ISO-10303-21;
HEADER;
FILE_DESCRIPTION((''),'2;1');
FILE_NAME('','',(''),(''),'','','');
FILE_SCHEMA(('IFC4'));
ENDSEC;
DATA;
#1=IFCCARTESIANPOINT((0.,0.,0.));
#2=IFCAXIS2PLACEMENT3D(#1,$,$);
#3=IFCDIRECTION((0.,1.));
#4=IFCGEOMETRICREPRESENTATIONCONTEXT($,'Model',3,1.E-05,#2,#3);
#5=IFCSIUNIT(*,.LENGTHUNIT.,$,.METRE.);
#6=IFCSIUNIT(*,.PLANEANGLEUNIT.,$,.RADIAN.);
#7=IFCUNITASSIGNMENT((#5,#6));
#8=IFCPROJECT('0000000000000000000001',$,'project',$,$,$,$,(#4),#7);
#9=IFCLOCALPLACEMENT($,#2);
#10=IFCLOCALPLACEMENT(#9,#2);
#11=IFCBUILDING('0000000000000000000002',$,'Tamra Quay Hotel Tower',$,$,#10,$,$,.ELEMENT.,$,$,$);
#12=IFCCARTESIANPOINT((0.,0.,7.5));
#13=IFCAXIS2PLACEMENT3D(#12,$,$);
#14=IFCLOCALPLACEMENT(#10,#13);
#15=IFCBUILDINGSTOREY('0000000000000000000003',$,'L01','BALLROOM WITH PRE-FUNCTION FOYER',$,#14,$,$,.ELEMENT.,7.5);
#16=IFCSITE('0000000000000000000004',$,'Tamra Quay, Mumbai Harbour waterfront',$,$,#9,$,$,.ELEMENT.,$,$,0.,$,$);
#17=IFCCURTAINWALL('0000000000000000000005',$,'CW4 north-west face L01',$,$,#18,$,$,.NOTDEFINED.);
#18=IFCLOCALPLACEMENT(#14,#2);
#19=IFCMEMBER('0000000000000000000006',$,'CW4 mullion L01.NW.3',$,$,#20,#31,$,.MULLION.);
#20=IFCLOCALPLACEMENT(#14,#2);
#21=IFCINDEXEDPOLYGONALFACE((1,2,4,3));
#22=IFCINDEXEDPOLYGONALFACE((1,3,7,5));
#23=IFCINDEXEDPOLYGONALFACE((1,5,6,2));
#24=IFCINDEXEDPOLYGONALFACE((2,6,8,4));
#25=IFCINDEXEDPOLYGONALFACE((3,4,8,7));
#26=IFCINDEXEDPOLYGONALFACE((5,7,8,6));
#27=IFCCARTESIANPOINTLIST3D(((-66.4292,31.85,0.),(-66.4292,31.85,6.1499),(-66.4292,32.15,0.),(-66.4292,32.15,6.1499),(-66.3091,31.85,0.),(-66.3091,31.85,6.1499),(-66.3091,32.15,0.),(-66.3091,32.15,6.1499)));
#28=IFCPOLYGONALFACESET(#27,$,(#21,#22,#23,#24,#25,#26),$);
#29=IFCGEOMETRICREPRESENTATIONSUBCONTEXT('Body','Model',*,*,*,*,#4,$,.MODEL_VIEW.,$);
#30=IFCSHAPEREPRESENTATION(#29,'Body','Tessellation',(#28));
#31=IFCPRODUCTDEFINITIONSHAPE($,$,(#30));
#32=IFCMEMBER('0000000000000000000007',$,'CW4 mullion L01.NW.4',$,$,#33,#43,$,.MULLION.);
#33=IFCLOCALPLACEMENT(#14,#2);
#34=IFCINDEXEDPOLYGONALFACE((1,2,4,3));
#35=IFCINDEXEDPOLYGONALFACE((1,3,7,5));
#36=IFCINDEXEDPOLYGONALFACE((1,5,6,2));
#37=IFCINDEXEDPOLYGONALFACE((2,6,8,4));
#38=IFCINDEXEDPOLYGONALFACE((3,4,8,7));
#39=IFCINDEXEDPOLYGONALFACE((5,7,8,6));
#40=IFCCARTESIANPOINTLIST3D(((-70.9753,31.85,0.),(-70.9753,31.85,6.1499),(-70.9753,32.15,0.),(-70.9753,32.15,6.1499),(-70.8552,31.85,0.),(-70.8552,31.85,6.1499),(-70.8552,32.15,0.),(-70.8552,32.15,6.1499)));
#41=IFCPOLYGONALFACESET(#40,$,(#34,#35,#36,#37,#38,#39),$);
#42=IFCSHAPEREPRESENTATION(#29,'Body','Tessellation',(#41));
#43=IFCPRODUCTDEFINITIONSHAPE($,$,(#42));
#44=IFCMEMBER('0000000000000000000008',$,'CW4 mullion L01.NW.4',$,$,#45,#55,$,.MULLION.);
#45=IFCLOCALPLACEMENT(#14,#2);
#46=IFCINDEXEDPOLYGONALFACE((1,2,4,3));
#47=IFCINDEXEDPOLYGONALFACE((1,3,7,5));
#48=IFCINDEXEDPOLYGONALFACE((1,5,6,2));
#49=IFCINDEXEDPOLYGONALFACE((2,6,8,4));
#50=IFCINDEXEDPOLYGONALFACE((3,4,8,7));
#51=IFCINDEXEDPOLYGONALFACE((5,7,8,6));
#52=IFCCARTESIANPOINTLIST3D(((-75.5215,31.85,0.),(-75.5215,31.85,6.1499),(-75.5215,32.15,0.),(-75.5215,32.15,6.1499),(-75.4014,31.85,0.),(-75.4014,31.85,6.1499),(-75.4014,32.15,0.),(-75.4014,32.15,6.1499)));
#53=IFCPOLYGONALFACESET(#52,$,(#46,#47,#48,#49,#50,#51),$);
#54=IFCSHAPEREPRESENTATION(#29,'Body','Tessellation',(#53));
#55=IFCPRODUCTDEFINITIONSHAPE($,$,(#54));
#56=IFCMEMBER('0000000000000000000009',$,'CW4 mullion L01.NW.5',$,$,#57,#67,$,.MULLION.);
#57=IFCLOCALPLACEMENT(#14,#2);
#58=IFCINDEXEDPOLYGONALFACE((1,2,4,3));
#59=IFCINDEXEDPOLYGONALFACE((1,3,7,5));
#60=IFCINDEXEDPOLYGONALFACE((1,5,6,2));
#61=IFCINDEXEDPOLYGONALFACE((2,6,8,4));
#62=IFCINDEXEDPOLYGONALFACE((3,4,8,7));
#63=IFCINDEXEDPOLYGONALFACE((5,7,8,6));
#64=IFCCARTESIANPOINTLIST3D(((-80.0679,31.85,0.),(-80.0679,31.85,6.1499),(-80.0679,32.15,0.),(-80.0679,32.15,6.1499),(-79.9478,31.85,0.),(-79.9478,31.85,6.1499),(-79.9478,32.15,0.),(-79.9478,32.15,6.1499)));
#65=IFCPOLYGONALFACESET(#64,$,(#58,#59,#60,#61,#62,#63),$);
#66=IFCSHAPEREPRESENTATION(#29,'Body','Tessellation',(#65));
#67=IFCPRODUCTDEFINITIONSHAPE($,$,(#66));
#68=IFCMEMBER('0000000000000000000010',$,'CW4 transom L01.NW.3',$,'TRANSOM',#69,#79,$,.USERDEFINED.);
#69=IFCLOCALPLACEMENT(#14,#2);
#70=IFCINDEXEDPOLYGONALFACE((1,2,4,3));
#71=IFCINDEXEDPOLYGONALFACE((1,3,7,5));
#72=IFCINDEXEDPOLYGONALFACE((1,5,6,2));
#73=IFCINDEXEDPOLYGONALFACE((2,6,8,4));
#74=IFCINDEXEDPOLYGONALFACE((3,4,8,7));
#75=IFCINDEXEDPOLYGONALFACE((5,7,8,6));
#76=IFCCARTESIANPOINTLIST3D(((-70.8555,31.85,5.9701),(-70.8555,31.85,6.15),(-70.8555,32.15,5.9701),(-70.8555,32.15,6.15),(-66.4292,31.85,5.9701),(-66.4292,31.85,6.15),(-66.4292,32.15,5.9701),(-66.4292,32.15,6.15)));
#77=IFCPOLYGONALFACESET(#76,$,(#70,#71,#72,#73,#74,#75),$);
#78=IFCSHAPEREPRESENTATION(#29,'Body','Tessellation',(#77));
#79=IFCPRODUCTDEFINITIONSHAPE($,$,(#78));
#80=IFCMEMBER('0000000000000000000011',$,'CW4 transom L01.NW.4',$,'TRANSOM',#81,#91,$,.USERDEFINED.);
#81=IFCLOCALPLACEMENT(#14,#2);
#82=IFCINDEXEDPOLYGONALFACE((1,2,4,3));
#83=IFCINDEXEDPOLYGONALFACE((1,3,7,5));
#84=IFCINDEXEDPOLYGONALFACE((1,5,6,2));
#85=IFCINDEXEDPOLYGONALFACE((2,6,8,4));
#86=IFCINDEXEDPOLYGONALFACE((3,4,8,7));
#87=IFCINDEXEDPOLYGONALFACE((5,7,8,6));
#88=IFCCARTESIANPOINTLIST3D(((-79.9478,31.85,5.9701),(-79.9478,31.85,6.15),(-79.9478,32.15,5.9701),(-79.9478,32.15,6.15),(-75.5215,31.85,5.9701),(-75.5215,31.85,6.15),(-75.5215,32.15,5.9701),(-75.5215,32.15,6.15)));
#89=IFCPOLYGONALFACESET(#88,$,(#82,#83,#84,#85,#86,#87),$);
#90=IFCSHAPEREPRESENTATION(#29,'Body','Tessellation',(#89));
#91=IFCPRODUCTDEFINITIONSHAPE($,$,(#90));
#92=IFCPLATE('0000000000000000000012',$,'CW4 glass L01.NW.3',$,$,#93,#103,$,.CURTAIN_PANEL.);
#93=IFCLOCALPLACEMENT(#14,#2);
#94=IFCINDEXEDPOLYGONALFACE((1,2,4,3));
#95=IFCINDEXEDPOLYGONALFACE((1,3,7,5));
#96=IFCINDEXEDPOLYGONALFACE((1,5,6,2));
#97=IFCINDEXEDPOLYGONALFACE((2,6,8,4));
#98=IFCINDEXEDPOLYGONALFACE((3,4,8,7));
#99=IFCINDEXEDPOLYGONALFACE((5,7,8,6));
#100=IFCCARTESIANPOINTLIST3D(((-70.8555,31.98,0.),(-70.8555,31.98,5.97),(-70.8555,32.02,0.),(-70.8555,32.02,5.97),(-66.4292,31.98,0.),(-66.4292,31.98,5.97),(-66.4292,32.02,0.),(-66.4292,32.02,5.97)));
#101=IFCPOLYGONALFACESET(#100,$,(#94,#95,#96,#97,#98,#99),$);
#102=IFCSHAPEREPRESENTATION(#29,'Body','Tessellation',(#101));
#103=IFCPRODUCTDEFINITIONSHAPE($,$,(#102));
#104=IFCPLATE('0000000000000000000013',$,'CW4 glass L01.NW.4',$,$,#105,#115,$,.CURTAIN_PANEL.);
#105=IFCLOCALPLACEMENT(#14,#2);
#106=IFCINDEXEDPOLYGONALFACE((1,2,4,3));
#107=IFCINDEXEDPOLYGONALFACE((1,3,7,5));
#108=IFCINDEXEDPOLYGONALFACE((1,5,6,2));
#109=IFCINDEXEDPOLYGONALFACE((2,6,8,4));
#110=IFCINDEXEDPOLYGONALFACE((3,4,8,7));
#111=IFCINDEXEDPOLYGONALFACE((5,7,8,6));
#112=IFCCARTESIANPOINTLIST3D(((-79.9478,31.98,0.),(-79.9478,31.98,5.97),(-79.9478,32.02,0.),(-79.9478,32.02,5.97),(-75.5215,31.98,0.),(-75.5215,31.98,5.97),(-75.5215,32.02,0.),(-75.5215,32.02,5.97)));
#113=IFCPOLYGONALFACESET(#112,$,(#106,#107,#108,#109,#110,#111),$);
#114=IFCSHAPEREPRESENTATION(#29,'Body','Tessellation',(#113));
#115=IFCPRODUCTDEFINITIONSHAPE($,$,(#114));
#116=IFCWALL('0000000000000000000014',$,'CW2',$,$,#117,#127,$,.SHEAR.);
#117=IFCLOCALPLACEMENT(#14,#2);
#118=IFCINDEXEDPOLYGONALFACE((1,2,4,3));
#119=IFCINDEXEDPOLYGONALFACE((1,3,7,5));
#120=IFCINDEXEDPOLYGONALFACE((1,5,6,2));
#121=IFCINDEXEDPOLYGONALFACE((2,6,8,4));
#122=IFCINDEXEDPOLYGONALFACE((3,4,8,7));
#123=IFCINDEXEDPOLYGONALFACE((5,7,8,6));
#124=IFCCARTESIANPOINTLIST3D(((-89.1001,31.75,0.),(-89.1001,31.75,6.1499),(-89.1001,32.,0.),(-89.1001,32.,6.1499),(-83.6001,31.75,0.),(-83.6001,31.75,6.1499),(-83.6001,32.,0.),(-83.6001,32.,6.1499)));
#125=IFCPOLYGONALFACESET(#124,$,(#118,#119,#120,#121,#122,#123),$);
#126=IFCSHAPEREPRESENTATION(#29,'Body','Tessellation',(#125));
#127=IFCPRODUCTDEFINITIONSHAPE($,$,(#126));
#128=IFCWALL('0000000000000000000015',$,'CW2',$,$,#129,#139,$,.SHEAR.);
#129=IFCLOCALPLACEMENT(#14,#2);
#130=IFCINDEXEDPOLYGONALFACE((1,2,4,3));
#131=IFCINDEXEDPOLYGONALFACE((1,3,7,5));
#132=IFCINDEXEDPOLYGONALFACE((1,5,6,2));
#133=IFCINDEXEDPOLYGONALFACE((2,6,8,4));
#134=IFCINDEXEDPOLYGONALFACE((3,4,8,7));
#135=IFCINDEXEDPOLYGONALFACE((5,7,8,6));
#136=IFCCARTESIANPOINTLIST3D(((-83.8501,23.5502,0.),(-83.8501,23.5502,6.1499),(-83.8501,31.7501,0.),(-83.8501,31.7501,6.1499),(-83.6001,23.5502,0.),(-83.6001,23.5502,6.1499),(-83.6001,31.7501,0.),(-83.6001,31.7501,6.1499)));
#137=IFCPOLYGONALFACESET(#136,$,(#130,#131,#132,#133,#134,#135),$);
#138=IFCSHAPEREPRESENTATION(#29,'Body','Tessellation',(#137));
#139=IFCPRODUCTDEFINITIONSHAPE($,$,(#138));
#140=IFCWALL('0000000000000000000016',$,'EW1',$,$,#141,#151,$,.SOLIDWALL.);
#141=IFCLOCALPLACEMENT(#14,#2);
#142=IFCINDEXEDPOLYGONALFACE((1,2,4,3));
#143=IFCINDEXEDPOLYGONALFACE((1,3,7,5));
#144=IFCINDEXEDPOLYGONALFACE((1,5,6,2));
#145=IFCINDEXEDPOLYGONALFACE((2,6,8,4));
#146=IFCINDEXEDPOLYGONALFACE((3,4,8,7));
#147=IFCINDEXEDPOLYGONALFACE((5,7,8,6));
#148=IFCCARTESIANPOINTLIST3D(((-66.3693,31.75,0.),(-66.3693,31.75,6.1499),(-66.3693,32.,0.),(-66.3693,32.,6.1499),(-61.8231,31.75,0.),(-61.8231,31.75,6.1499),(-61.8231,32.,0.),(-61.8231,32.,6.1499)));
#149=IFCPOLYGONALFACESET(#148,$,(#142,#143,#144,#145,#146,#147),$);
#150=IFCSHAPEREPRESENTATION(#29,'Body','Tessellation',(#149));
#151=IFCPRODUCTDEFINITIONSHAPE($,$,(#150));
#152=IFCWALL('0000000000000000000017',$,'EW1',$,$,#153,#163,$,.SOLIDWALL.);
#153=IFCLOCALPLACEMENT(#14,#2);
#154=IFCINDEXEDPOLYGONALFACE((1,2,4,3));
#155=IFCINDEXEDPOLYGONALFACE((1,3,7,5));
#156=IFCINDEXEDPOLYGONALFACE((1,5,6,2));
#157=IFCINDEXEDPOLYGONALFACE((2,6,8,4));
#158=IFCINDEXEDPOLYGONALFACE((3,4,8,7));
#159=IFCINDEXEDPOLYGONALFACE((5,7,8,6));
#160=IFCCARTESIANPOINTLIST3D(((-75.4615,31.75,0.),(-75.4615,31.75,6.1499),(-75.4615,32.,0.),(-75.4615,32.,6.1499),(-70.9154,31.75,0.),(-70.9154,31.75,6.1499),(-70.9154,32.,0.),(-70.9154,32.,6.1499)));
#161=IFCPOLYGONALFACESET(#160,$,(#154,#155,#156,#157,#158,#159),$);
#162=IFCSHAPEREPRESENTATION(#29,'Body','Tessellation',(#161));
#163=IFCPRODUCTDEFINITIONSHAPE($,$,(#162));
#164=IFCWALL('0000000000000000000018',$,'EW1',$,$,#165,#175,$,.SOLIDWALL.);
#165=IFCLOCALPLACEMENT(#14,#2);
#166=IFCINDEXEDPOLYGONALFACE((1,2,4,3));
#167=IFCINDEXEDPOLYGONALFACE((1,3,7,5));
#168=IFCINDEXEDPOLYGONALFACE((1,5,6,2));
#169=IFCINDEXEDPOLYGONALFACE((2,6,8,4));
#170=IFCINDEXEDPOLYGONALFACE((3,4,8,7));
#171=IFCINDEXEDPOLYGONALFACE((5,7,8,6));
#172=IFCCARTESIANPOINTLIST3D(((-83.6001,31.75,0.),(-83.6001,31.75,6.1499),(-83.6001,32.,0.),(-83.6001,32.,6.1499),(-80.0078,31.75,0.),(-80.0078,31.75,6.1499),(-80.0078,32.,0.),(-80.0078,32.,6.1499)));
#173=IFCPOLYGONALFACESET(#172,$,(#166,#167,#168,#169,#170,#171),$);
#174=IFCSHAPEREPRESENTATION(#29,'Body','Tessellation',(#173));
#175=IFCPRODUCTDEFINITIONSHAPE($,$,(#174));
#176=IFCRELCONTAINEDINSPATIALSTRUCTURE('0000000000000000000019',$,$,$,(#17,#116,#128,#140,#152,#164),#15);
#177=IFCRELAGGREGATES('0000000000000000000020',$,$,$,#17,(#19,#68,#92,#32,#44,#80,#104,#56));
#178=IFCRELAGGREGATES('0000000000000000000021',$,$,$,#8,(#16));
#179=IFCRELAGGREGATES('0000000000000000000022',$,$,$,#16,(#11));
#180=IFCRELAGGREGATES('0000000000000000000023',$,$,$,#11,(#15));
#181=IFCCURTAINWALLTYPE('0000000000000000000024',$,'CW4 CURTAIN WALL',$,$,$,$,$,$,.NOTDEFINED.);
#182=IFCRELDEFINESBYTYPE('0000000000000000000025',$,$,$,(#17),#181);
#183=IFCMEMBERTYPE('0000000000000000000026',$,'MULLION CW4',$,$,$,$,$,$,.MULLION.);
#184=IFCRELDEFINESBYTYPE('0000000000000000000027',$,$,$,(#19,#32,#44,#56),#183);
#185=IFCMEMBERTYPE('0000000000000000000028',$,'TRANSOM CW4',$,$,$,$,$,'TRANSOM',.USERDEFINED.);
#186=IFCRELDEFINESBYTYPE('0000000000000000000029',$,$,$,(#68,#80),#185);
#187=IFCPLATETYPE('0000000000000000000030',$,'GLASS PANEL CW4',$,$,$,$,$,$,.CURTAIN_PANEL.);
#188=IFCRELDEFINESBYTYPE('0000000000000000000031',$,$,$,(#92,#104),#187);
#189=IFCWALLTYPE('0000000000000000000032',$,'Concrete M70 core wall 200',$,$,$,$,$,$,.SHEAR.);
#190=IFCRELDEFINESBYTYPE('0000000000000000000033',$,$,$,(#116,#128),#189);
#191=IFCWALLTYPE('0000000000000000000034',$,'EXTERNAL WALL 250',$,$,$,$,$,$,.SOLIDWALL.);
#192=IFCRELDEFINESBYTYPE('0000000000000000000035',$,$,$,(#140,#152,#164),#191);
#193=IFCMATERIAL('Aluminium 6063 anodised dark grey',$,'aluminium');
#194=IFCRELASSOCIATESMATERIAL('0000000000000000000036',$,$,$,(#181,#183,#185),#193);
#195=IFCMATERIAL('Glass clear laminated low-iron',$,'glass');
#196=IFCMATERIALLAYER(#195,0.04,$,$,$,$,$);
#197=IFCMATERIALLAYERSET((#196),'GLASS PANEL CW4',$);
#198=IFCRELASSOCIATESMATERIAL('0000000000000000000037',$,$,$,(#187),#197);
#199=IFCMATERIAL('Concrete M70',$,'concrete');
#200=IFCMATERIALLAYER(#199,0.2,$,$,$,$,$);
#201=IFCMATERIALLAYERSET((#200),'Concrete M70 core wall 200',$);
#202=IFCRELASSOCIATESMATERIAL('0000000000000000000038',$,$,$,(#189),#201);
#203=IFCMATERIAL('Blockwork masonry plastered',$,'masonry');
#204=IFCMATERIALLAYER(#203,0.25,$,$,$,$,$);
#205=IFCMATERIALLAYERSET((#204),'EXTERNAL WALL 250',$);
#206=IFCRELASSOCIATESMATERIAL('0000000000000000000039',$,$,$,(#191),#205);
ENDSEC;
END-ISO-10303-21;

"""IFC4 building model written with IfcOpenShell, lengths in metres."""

from ifc_helpers import new_model, si_unit, direction, frame, frame_2d, origin, origin_2d, place, context, subcontext, project, spatial, rectangle, extrude, material, layer, layer_set, material_profile, profile_set, type_object, element, aggregate, save


model = new_model("IFC4")

# Units and contexts
model_context = context("Model", 3, precision=1e-05, world=origin(), true_north=direction((0.0, 1.0)))
body_context = subcontext(model_context, "Body", "Model", "MODEL_VIEW")
ifc_project = project(units=[si_unit("LENGTHUNIT", "METRE"), si_unit("PLANEANGLEUNIT", "RADIAN")], contexts=[model_context])

# Site, building, storey
site_placement = place(None, origin())
site = spatial("IfcSite", under=ifc_project, at=site_placement, Name="Tamra Quay, Mumbai Harbour waterfront", CompositionType="ELEMENT", RefElevation=0.0)
building_placement = place(site_placement, origin())
building = spatial("IfcBuilding", under=site, at=building_placement, Name="Tamra Quay Hotel Tower", CompositionType="ELEMENT")
storey_placement = place(building_placement, frame((0.0, 0.0, 7.5)))
storey = spatial("IfcBuildingStorey", under=building, at=storey_placement, Name="L01", Description="BALLROOM WITH PRE-FUNCTION FOYER", CompositionType="ELEMENT", Elevation=7.5)

# Curtain wall, members, plates
ifc_material_1 = material(Name="Aluminium 6063 anodised dark grey", Category="aluminium")
curtain_wall_type = type_object("IfcCurtainWallType", Name="CW4 CURTAIN WALL", PredefinedType="NOTDEFINED", material=ifc_material_1)
curtain_wall_placement = place(storey_placement, origin())
curtain_wall = element("IfcCurtainWall", 1, at=curtain_wall_placement, inside=storey, type_object=curtain_wall_type, Name="CW4 north-west face L01", PredefinedType="NOTDEFINED")
ifc_material_profile_1 = material_profile(ifc_material_1, rectangle(XDim=0.3, YDim=0.1201, at=origin_2d()), Name="MULLION 120X300")
ifc_profile_set_1 = profile_set([ifc_material_profile_1], Name="Aluminium 6063 anodised dark grey")
member_type_1 = type_object("IfcMemberType", Name="MULLION CW4", PredefinedType="MULLION", material=ifc_profile_set_1)
member_1_placement = place(storey_placement, frame((-66.3691, 32.0, 0.0), z_axis=(0.0, 0.0, 1.0), x_axis=(0.0, 1.0, 0.0)))
member_1 = element("IfcMember", 2, at=member_1_placement, type_object=member_type_1, Name="CW4 mullion L01.NW.3", PredefinedType="MULLION", context=body_context, shape_type="SweptSolid", body=[
    extrude(rectangle(XDim=0.3, YDim=0.1201, at=origin_2d()), origin(), (0.0, 0.0, 1.0), 6.1499),
])
member_2_placement = place(storey_placement, frame((-70.9153, 32.0, 0.0), z_axis=(0.0, 0.0, 1.0), x_axis=(0.0, 1.0, 0.0)))
member_2 = element("IfcMember", 3, at=member_2_placement, type_object=member_type_1, Name="CW4 mullion L01.NW.4", PredefinedType="MULLION", context=body_context, shape_type="SweptSolid", body=[
    extrude(rectangle(XDim=0.3, YDim=0.1201, at=origin_2d()), origin(), (0.0, 0.0, 1.0), 6.1499),
])
member_3_placement = place(storey_placement, frame((-75.4614, 32.0, 0.0), z_axis=(0.0, 0.0, 1.0), x_axis=(0.0, 1.0, 0.0)))
member_3 = element("IfcMember", 4, at=member_3_placement, type_object=member_type_1, Name="CW4 mullion L01.NW.4", PredefinedType="MULLION", context=body_context, shape_type="SweptSolid", body=[
    extrude(rectangle(XDim=0.3, YDim=0.1201, at=origin_2d()), origin(), (0.0, 0.0, 1.0), 6.1499),
])
member_4_placement = place(storey_placement, frame((-80.0078, 32.0, 0.0), z_axis=(0.0, 0.0, 1.0), x_axis=(0.0, 1.0, 0.0)))
member_4 = element("IfcMember", 5, at=member_4_placement, type_object=member_type_1, Name="CW4 mullion L01.NW.5", PredefinedType="MULLION", context=body_context, shape_type="SweptSolid", body=[
    extrude(rectangle(XDim=0.3, YDim=0.1201, at=origin_2d()), origin(), (0.0, 0.0, 1.0), 6.1499),
])
ifc_material_profile_2 = material_profile(ifc_material_1, rectangle(XDim=0.3, YDim=0.1799, at=origin_2d()), Name="TRANSOM 300X180")
ifc_profile_set_2 = profile_set([ifc_material_profile_2], Name="Aluminium 6063 anodised dark grey")
member_type_2 = type_object("IfcMemberType", Name="TRANSOM CW4", ElementType="TRANSOM", PredefinedType="USERDEFINED", material=ifc_profile_set_2)
member_5_placement = place(storey_placement, frame((-66.4292, 32.0, 6.0601), z_axis=(-1.0, 0.0, 0.0), x_axis=(0.0, -1.0, 0.0)))
member_5 = element("IfcMember", 6, at=member_5_placement, type_object=member_type_2, Name="CW4 transom L01.NW.3", ObjectType="TRANSOM", PredefinedType="USERDEFINED", context=body_context, shape_type="SweptSolid", body=[
    extrude(rectangle(XDim=0.3, YDim=0.1799, at=origin_2d()), origin(), (0.0, 0.0, 1.0), 4.4263),
])
member_6_placement = place(storey_placement, frame((-75.5215, 32.0, 6.0601), z_axis=(-1.0, 0.0, 0.0), x_axis=(0.0, -1.0, 0.0)))
member_6 = element("IfcMember", 7, at=member_6_placement, type_object=member_type_2, Name="CW4 transom L01.NW.4", ObjectType="TRANSOM", PredefinedType="USERDEFINED", context=body_context, shape_type="SweptSolid", body=[
    extrude(rectangle(XDim=0.3, YDim=0.1799, at=origin_2d()), origin(), (0.0, 0.0, 1.0), 4.4263),
])
ifc_material_2 = material(Name="Glass clear laminated low-iron", Category="glass")
ifc_layer_1 = layer(ifc_material_2, 0.04)
ifc_layer_set_1 = layer_set([ifc_layer_1], Name="GLASS PANEL CW4")
plate_type = type_object("IfcPlateType", Name="GLASS PANEL CW4", PredefinedType="CURTAIN_PANEL", material=ifc_layer_set_1)
plate_1_placement = place(storey_placement, frame((-68.6423, 32.0, 0.0), z_axis=(0.0, 0.0, 1.0), x_axis=(-1.0, 0.0, 0.0)))
plate_1 = element("IfcPlate", 8, at=plate_1_placement, type_object=plate_type, Name="CW4 glass L01.NW.3", PredefinedType="CURTAIN_PANEL", context=body_context, shape_type="SweptSolid", body=[
    extrude(rectangle(XDim=4.4263, YDim=0.04, at=origin_2d()), origin(), (0.0, 0.0, 1.0), 5.97),
])
plate_2_placement = place(storey_placement, frame((-77.7346, 32.0, 0.0), z_axis=(0.0, 0.0, 1.0), x_axis=(-1.0, 0.0, 0.0)))
plate_2 = element("IfcPlate", 9, at=plate_2_placement, type_object=plate_type, Name="CW4 glass L01.NW.4", PredefinedType="CURTAIN_PANEL", context=body_context, shape_type="SweptSolid", body=[
    extrude(rectangle(XDim=4.4263, YDim=0.04, at=origin_2d()), origin(), (0.0, 0.0, 1.0), 5.97),
])
aggregate(curtain_wall, [member_1, member_5, plate_1, member_2, member_3, member_6, plate_2, member_4])

# Walls
ifc_material_3 = material(Name="Concrete M70", Category="concrete")
ifc_layer_2 = layer(ifc_material_3, 0.2)
ifc_layer_set_2 = layer_set([ifc_layer_2], Name="Concrete M70 core wall 200")
wall_type_1 = type_object("IfcWallType", Name="Concrete M70 core wall 200", PredefinedType="SHEAR", material=ifc_layer_set_2)
wall_1_placement = place(storey_placement, frame((-89.1001, 31.875, 0.0), z_axis=(0.0, 0.0, 1.0), x_axis=(1.0, 0.0, 0.0)))
element("IfcWall", 10, at=wall_1_placement, inside=storey, type_object=wall_type_1, Name="CW2", PredefinedType="SHEAR", context=body_context, shape_type="SweptSolid", body=[
    extrude(rectangle(XDim=5.5, YDim=0.25, at=frame_2d((2.75, 0.0))), origin(), (0.0, 0.0, 1.0), 6.1499),
])
wall_2_placement = place(storey_placement, frame((-83.7251, 23.55, 0.0), z_axis=(0.0, 0.0, 1.0), x_axis=(0.0, 1.0, 0.0)))
element("IfcWall", 11, at=wall_2_placement, inside=storey, type_object=wall_type_1, Name="CW2", PredefinedType="SHEAR", context=body_context, shape_type="SweptSolid", body=[
    extrude(rectangle(XDim=8.2, YDim=0.25, at=frame_2d((4.1001, 0.0))), origin(), (0.0, 0.0, 1.0), 6.1499),
])
ifc_material_4 = material(Name="Blockwork masonry plastered", Category="masonry")
ifc_layer_3 = layer(ifc_material_4, 0.25)
ifc_layer_set_3 = layer_set([ifc_layer_3], Name="EXTERNAL WALL 250")
wall_type_2 = type_object("IfcWallType", Name="EXTERNAL WALL 250", PredefinedType="SOLIDWALL", material=ifc_layer_set_3)
for number, where, z_axis, x_axis, name in (
    (12, (-66.3691, 31.875, 0.0), (0.0, 0.0, 1.0), (1.0, 0.0, 0.0), "EW1"),
    (13, (-75.4614, 31.875, 0.0), (0.0, 0.0, 1.0), (1.0, 0.0, 0.0), "EW1"),
):
    element("IfcWall", number, at=place(storey_placement, frame(where, z_axis=z_axis, x_axis=x_axis)), inside=storey, type_object=wall_type_2, Name=name, PredefinedType="SOLIDWALL", context=body_context, shape_type="SweptSolid", body=[
        extrude(rectangle(XDim=4.5461, YDim=0.25, at=frame_2d((2.2729, 0.0))), origin(), (0.0, 0.0, 1.0), 6.1499),
    ])
wall_3_placement = place(storey_placement, frame((-83.6001, 31.875, 0.0), z_axis=(0.0, 0.0, 1.0), x_axis=(1.0, 0.0, 0.0)))
element("IfcWall", 14, at=wall_3_placement, inside=storey, type_object=wall_type_2, Name="EW1", PredefinedType="SOLIDWALL", context=body_context, shape_type="SweptSolid", body=[
    extrude(rectangle(XDim=3.5923, YDim=0.25, at=frame_2d((1.7961, 0.0))), origin(), (0.0, 0.0, 1.0), 6.1499),
])

save(model, "model.ifc")
